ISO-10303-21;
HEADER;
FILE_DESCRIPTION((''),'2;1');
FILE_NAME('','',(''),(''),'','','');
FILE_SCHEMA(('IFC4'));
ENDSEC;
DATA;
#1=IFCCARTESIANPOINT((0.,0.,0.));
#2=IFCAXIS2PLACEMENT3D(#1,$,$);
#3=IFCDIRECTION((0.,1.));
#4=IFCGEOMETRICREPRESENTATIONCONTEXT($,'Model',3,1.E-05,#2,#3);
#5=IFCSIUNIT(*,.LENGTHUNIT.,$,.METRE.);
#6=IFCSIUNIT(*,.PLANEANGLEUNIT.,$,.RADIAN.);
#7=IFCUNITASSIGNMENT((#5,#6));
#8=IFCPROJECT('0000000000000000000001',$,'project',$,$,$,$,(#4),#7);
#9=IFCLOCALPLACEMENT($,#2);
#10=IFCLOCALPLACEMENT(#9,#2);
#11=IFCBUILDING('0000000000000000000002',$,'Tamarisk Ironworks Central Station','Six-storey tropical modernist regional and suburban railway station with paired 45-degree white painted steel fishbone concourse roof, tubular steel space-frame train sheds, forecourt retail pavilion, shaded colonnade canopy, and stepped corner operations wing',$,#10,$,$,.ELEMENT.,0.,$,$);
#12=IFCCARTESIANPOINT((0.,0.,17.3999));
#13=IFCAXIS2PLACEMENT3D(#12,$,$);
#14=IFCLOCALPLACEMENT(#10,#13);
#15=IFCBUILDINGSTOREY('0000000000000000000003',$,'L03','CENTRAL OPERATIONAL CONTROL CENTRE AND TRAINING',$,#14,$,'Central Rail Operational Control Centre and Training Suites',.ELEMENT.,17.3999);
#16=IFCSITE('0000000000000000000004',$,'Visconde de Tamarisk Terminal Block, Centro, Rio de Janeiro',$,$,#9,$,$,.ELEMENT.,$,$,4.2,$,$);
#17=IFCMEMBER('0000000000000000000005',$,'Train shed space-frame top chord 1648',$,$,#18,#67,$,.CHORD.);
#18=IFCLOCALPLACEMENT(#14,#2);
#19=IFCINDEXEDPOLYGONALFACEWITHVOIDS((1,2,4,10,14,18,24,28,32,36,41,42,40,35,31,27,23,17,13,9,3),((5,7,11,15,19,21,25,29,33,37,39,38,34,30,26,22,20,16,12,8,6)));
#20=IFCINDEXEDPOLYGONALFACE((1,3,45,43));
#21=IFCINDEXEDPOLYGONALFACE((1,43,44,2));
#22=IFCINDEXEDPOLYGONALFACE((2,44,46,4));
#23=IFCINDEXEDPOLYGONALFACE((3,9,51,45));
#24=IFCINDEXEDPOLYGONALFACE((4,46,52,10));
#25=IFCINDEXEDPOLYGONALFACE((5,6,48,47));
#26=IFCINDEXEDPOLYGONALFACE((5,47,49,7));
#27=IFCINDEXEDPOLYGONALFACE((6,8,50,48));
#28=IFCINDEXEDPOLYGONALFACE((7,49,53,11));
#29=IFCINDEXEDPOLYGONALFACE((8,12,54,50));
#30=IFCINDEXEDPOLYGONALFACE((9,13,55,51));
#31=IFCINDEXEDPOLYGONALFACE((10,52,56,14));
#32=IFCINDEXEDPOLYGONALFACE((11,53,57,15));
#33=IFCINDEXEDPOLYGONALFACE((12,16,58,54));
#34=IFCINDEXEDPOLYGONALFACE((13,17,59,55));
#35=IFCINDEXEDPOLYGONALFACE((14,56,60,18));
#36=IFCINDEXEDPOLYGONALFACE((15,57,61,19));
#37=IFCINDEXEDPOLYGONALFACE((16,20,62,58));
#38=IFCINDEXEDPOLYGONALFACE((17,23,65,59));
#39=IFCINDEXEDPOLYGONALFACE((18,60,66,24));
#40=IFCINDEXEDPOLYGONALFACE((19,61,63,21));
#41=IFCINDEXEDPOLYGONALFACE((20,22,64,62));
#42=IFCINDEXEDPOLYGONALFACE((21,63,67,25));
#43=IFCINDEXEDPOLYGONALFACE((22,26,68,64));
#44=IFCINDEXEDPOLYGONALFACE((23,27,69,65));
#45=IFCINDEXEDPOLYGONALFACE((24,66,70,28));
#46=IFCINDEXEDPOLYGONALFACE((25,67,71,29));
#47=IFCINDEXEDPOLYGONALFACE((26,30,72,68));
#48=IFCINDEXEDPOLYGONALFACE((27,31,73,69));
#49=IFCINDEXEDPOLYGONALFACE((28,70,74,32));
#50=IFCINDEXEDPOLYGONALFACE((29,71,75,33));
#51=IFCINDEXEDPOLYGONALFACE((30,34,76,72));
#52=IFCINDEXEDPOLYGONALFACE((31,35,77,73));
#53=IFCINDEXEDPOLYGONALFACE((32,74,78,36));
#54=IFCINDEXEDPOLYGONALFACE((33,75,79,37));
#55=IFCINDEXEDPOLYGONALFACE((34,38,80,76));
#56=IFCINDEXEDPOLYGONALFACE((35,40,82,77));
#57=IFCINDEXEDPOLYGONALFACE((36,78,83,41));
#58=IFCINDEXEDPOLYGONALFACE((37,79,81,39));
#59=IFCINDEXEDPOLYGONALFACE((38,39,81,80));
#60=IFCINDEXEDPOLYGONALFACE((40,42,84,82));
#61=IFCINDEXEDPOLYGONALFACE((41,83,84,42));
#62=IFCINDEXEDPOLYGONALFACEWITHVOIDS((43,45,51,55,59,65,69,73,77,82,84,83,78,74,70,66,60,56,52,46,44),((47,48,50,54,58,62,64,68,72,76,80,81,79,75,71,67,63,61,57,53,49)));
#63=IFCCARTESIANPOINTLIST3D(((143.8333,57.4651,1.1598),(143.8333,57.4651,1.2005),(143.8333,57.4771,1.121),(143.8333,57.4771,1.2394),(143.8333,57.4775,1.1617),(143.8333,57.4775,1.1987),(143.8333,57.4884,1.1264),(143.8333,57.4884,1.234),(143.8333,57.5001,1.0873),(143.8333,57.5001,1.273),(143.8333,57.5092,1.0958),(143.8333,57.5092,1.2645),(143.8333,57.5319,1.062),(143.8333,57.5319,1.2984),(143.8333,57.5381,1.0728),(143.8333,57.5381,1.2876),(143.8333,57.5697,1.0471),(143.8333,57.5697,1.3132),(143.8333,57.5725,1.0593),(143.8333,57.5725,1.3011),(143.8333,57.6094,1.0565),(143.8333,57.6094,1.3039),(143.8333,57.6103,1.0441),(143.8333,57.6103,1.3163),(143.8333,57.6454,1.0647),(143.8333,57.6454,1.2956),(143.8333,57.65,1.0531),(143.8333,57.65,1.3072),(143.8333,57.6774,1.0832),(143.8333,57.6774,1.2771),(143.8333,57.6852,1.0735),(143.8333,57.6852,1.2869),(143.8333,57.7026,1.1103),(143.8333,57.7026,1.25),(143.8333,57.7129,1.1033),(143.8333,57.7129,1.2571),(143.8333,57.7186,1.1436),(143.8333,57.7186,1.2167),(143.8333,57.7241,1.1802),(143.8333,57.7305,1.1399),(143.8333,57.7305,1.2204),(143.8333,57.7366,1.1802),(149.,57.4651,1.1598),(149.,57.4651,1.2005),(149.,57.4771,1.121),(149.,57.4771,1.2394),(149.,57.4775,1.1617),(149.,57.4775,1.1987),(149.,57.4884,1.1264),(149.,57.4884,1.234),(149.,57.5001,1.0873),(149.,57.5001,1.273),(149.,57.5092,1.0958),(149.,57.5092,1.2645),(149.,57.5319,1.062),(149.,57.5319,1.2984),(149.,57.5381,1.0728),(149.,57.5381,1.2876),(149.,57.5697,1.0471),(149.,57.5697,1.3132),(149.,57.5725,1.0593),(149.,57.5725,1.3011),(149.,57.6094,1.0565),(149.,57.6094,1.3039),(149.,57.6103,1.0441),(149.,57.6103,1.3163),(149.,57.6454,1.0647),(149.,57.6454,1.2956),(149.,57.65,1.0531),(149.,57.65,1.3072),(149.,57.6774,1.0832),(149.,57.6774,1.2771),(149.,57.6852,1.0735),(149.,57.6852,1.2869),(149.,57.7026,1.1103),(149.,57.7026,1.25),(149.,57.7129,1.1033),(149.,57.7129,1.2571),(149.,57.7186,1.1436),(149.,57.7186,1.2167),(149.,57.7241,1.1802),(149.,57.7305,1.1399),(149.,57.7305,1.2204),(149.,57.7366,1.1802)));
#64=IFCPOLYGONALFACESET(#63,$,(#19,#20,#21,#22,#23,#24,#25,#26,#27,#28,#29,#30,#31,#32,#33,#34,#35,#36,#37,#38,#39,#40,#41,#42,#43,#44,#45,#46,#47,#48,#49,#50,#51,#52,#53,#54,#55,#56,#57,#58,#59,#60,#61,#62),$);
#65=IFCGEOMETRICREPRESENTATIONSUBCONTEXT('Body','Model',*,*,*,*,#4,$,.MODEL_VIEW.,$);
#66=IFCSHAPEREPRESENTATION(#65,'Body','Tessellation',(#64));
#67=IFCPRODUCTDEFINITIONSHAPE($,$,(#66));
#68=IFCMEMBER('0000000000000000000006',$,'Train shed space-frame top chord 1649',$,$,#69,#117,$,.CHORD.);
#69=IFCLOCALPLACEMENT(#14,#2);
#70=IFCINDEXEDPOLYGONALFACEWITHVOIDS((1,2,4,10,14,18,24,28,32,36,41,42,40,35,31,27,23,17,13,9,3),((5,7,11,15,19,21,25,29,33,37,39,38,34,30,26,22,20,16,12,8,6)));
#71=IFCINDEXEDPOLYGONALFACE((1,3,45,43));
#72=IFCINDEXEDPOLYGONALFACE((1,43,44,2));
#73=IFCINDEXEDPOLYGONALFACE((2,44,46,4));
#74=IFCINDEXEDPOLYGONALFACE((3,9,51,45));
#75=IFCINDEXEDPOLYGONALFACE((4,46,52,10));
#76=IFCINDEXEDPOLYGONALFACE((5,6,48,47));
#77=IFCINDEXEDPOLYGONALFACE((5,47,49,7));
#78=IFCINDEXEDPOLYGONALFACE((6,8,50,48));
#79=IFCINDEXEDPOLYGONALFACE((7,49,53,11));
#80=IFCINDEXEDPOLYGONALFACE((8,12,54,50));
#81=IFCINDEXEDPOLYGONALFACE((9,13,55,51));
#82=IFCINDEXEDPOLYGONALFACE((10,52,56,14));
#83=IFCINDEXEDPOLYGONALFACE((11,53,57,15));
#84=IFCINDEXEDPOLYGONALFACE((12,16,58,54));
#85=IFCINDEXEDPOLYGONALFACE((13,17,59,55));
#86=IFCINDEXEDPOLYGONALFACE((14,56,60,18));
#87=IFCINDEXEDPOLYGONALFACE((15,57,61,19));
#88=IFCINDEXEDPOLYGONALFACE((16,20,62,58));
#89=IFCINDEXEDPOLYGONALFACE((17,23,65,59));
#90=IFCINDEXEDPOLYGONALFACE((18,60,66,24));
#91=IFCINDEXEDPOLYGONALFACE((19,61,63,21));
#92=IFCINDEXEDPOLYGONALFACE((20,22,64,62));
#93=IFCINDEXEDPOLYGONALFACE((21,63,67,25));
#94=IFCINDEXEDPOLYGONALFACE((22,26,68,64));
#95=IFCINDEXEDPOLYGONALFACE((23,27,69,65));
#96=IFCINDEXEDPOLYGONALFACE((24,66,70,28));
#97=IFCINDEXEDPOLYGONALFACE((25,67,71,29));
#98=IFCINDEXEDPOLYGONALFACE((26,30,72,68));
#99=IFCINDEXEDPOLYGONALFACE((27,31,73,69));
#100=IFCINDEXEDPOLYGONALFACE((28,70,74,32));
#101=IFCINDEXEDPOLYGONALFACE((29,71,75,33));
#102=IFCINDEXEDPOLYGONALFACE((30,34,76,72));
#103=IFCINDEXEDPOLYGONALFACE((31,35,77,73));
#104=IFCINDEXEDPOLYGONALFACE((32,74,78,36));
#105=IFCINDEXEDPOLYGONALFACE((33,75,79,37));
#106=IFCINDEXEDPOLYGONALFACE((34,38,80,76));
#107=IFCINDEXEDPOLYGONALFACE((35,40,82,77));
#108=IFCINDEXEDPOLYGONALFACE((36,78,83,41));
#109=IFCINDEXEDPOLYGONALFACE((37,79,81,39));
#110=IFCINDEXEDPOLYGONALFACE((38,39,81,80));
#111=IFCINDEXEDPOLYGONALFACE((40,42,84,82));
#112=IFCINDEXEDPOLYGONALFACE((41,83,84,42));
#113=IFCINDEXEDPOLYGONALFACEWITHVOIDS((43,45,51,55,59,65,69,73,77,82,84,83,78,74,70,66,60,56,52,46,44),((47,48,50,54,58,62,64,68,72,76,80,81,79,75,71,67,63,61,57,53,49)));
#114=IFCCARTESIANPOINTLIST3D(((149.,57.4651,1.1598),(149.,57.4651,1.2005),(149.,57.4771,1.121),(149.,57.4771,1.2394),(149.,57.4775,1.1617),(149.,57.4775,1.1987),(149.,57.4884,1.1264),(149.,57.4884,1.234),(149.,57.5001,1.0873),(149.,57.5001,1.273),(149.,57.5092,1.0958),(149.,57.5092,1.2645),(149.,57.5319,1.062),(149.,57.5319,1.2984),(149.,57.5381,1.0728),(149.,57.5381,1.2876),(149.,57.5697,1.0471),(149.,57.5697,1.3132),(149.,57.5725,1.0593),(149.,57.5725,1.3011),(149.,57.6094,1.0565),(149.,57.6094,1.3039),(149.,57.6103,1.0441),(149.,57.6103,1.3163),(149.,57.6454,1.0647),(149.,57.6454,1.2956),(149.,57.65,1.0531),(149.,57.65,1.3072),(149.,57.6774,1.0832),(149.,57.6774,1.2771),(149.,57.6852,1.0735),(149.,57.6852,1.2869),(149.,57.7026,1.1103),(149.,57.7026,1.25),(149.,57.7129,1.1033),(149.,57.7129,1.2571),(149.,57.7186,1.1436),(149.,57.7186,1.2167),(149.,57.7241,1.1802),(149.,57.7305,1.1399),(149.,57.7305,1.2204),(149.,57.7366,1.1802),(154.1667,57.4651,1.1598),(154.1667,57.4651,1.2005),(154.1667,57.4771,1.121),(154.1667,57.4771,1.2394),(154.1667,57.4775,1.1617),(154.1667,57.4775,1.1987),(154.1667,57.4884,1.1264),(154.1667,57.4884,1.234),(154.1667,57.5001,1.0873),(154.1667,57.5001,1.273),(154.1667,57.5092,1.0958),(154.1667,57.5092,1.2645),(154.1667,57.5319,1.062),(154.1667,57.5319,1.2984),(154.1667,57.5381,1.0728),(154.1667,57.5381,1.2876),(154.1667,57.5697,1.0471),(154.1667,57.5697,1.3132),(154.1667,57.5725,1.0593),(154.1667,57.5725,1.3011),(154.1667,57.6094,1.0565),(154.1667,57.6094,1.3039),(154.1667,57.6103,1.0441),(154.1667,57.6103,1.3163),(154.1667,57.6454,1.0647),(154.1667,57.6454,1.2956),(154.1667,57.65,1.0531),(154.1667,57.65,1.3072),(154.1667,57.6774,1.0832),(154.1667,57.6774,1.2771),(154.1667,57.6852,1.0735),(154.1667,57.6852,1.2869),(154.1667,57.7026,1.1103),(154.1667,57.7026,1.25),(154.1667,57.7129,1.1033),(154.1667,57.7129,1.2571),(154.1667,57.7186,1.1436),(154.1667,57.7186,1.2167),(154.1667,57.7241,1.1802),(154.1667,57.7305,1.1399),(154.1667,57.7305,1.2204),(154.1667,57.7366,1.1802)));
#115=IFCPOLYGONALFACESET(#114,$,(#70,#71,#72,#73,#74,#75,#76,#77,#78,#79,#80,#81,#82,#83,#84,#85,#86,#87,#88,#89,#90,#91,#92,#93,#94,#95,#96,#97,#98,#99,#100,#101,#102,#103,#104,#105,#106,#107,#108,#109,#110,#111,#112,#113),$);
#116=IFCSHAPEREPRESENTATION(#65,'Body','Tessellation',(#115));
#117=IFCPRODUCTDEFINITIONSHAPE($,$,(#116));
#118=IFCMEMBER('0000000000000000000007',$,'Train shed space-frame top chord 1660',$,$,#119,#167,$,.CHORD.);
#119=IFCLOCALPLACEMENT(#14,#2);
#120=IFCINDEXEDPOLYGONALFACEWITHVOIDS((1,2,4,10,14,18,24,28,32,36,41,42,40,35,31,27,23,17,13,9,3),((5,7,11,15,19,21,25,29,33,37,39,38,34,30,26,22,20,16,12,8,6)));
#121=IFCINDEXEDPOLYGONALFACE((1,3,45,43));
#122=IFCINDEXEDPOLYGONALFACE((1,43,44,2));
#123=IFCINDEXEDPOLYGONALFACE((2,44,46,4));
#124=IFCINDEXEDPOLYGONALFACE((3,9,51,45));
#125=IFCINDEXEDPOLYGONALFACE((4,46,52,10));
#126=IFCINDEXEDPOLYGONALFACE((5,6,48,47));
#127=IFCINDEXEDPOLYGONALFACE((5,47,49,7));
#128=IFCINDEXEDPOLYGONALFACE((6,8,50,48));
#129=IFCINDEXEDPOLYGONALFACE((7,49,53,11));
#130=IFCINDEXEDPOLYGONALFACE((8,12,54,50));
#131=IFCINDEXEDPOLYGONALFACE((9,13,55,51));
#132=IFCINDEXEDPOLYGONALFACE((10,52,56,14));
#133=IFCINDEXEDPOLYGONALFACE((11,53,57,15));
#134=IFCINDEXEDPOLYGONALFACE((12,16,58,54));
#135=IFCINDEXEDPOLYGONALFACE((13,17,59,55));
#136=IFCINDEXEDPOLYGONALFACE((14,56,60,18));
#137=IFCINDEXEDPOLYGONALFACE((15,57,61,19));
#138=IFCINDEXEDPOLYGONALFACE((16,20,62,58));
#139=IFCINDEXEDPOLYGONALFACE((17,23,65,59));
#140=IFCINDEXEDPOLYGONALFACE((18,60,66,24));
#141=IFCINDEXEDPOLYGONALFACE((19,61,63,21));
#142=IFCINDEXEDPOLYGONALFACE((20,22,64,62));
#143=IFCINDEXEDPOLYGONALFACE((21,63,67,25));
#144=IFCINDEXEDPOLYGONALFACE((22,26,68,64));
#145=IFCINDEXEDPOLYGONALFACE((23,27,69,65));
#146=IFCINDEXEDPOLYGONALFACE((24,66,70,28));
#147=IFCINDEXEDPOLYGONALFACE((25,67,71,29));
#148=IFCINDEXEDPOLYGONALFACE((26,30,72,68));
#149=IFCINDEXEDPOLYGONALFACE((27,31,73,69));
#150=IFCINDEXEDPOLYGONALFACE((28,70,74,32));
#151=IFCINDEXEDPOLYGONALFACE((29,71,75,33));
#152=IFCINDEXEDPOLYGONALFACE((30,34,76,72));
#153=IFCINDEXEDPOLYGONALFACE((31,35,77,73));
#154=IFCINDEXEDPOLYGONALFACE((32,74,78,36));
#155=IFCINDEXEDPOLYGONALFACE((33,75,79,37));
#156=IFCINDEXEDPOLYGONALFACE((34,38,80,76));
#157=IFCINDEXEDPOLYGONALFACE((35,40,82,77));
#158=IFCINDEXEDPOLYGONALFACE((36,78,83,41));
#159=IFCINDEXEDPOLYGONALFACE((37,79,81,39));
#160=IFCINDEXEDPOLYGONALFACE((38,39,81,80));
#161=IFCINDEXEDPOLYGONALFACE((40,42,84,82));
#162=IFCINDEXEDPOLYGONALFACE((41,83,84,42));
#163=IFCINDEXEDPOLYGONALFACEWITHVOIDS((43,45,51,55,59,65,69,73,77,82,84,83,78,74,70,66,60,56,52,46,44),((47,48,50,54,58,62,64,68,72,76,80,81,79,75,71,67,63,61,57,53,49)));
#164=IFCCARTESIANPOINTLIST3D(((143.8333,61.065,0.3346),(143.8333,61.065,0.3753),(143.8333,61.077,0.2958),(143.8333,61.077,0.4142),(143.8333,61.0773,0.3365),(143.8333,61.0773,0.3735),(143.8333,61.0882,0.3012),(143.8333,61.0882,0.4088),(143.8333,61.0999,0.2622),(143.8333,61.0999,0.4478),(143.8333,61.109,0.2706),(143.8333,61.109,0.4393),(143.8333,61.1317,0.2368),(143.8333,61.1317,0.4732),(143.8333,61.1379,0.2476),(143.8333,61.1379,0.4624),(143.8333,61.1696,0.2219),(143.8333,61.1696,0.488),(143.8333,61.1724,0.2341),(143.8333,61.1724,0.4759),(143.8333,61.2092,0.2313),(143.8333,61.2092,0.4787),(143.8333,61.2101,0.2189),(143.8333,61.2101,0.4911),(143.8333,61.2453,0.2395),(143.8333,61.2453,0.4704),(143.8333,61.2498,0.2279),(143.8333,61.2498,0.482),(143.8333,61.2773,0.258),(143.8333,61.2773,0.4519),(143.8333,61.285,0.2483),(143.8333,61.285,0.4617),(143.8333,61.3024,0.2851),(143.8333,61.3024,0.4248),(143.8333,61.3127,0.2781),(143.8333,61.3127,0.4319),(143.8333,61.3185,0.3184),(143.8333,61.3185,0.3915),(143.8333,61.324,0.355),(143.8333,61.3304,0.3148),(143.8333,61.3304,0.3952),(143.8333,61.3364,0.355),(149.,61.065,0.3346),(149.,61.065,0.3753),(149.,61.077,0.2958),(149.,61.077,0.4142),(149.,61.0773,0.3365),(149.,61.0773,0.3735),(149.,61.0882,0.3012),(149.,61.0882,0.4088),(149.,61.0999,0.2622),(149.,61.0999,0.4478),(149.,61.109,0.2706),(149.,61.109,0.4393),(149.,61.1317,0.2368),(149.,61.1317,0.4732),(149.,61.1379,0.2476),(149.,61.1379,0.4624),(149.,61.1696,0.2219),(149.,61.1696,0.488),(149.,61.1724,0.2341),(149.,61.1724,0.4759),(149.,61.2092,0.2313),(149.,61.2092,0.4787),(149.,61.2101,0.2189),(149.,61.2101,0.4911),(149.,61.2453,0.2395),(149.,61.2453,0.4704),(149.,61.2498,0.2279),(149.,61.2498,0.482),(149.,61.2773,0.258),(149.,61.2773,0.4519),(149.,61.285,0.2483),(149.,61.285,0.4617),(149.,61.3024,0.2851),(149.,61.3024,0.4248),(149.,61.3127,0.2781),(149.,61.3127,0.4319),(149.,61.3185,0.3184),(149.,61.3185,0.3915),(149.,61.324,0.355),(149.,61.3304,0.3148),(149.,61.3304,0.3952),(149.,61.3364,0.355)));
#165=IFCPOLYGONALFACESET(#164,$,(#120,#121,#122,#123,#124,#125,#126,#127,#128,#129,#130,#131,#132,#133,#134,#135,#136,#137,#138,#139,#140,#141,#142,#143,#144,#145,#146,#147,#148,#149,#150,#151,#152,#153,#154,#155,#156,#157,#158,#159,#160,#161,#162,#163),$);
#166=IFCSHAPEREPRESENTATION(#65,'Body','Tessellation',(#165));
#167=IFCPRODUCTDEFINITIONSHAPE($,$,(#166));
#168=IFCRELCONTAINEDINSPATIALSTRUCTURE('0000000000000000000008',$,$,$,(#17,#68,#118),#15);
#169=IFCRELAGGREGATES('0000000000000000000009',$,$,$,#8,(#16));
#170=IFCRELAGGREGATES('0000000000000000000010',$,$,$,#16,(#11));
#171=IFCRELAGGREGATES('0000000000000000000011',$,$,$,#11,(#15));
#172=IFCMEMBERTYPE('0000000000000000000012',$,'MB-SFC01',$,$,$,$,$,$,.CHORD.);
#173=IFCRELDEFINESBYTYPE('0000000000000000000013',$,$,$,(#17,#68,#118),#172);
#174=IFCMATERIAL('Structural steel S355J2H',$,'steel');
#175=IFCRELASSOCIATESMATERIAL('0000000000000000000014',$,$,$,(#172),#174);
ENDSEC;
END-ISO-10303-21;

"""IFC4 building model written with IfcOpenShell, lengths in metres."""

from ifc_helpers import new_model, si_unit, direction, frame, origin, origin_2d, place, context, subcontext, project, spatial, hollow_circle, extrude, material, material_profile, profile_set, type_object, element, save


model = new_model("IFC4")

# Units and contexts
model_context = context("Model", 3, precision=1e-05, world=origin(), true_north=direction((0.0, 1.0)))
body_context = subcontext(model_context, "Body", "Model", "MODEL_VIEW")
ifc_project = project(units=[si_unit("LENGTHUNIT", "METRE"), si_unit("PLANEANGLEUNIT", "RADIAN")], contexts=[model_context])

# Site, building, storey
site_placement = place(None, origin())
site = spatial("IfcSite", under=ifc_project, at=site_placement, Name="Visconde de Tamarisk Terminal Block, Centro, Rio de Janeiro", CompositionType="ELEMENT", RefElevation=4.2)
building_placement = place(site_placement, origin())
building = spatial("IfcBuilding", under=site, at=building_placement, Name="Tamarisk Ironworks Central Station", Description="Six-storey tropical modernist regional and suburban railway station with paired 45-degree white painted steel fishbone concourse roof, tubular steel space-frame train sheds, forecourt retail pavilion, shaded colonnade canopy, and stepped corner operations wing", CompositionType="ELEMENT", ElevationOfRefHeight=0.0)
storey_placement = place(building_placement, frame((0.0, 0.0, 17.3999)))
storey = spatial("IfcBuildingStorey", under=building, at=storey_placement, Name="L03", Description="CENTRAL OPERATIONAL CONTROL CENTRE AND TRAINING", LongName="Central Rail Operational Control Centre and Training Suites", CompositionType="ELEMENT", Elevation=17.3999)

# Members
ifc_material = material(Name="Structural steel S355J2H", Category="steel")
ifc_material_profile_1 = material_profile(ifc_material, hollow_circle(Radius=0.1365, WallThickness=0.0125, at=origin_2d()), Name="CHS 273x12.5")
ifc_profile_set_1 = profile_set([ifc_material_profile_1], Name="Structural steel S355J2H")
member_type_1 = type_object("IfcMemberType", Name="MB-SFC01", PredefinedType="CHORD", material=ifc_profile_set_1)
for number, where, z_axis, x_axis, name in (
    (1, (143.8333, 57.6001, 1.1802), (1.0, 0.0, 0.0), (0.0, 1.0, 0.0), "Train shed space-frame top chord 1648"),
    (2, (149.0, 57.6001, 1.1802), (1.0, 0.0, 0.0), (0.0, 1.0, 0.0), "Train shed space-frame top chord 1649"),
    (3, (143.8333, 61.2, 0.355), (1.0, 0.0, 0.0), (0.0, 1.0, 0.0), "Train shed space-frame top chord 1660"),
):
    element("IfcMember", number, at=place(storey_placement, frame(where, z_axis=z_axis, x_axis=x_axis)), inside=storey, type_object=member_type_1, Name=name, PredefinedType="CHORD", context=body_context, shape_type="SweptSolid", body=[
        extrude(hollow_circle(Radius=0.1365, WallThickness=0.0125, at=origin_2d()), origin(), (0.0, 0.0, 1.0), 5.1667),
    ])

save(model, "model.ifc")
